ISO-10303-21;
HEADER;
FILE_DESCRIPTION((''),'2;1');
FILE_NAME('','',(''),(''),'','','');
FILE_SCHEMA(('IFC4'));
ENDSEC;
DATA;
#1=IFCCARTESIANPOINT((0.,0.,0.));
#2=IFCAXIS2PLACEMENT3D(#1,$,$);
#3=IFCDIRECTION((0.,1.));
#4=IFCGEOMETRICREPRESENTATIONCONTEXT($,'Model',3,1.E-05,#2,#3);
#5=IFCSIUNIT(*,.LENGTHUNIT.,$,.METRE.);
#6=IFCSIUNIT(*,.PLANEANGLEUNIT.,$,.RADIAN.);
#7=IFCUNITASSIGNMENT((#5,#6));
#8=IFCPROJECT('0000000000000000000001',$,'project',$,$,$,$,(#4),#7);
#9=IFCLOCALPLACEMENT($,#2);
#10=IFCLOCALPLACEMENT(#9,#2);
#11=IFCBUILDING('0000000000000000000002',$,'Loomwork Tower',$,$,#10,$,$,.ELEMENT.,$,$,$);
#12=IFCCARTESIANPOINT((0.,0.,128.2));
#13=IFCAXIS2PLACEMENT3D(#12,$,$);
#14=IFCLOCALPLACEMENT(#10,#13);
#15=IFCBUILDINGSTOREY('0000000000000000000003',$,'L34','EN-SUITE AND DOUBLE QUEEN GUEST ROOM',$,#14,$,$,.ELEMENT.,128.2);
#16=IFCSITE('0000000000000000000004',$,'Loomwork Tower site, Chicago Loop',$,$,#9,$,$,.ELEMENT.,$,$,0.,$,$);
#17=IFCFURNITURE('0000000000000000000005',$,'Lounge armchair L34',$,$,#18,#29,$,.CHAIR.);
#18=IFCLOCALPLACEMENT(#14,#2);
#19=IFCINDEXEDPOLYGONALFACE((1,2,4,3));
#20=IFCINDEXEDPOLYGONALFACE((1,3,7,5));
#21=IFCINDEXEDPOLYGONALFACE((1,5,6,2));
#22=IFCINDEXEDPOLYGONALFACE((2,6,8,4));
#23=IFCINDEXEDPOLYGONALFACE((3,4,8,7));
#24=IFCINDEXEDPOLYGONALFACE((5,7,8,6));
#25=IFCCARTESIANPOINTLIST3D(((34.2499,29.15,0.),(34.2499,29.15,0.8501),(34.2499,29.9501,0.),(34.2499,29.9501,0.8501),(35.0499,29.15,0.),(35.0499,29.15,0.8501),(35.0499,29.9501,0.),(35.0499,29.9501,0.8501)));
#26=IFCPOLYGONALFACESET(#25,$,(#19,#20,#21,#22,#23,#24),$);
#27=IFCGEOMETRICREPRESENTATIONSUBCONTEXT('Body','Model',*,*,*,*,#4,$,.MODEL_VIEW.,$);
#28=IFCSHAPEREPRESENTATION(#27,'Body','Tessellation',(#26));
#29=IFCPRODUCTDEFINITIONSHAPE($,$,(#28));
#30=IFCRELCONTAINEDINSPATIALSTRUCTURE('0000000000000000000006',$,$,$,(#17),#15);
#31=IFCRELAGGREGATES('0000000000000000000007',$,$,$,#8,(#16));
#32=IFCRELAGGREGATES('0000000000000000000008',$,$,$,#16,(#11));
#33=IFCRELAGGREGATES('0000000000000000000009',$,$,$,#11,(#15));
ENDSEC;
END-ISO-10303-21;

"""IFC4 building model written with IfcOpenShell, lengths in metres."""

from ifc_helpers import new_model, si_unit, direction, frame, origin, origin_2d, place, context, subcontext, project, spatial, rectangle, extrude, element, save


model = new_model("IFC4")

# Units and contexts
model_context = context("Model", 3, precision=1e-05, world=origin(), true_north=direction((0.0, 1.0)))
body_context = subcontext(model_context, "Body", "Model", "MODEL_VIEW")
ifc_project = project(units=[si_unit("LENGTHUNIT", "METRE"), si_unit("PLANEANGLEUNIT", "RADIAN")], contexts=[model_context])

# Site, building, storey
site_placement = place(None, origin())
site = spatial("IfcSite", under=ifc_project, at=site_placement, Name="Loomwork Tower site, Chicago Loop", CompositionType="ELEMENT", RefElevation=0.0)
building_placement = place(site_placement, origin())
building = spatial("IfcBuilding", under=site, at=building_placement, Name="Loomwork Tower", CompositionType="ELEMENT")
storey_placement = place(building_placement, frame((0.0, 0.0, 128.2)))
storey = spatial("IfcBuildingStorey", under=building, at=storey_placement, Name="L34", Description="EN-SUITE AND DOUBLE QUEEN GUEST ROOM", CompositionType="ELEMENT", Elevation=128.2)

# Furniture
furniture_1_placement = place(storey_placement, frame((34.6499, 29.55, 0.0), z_axis=(0.0, 0.0, 1.0), x_axis=(1.0, 0.0, 0.0)))
element("IfcFurniture", 1, at=furniture_1_placement, inside=storey, Name="Lounge armchair L34", PredefinedType="CHAIR", context=body_context, shape_type="SweptSolid", body=[
    extrude(rectangle(XDim=0.8, YDim=0.8, at=origin_2d()), origin(), (0.0, 0.0, 1.0), 0.8501),
])

save(model, "model.ifc")
